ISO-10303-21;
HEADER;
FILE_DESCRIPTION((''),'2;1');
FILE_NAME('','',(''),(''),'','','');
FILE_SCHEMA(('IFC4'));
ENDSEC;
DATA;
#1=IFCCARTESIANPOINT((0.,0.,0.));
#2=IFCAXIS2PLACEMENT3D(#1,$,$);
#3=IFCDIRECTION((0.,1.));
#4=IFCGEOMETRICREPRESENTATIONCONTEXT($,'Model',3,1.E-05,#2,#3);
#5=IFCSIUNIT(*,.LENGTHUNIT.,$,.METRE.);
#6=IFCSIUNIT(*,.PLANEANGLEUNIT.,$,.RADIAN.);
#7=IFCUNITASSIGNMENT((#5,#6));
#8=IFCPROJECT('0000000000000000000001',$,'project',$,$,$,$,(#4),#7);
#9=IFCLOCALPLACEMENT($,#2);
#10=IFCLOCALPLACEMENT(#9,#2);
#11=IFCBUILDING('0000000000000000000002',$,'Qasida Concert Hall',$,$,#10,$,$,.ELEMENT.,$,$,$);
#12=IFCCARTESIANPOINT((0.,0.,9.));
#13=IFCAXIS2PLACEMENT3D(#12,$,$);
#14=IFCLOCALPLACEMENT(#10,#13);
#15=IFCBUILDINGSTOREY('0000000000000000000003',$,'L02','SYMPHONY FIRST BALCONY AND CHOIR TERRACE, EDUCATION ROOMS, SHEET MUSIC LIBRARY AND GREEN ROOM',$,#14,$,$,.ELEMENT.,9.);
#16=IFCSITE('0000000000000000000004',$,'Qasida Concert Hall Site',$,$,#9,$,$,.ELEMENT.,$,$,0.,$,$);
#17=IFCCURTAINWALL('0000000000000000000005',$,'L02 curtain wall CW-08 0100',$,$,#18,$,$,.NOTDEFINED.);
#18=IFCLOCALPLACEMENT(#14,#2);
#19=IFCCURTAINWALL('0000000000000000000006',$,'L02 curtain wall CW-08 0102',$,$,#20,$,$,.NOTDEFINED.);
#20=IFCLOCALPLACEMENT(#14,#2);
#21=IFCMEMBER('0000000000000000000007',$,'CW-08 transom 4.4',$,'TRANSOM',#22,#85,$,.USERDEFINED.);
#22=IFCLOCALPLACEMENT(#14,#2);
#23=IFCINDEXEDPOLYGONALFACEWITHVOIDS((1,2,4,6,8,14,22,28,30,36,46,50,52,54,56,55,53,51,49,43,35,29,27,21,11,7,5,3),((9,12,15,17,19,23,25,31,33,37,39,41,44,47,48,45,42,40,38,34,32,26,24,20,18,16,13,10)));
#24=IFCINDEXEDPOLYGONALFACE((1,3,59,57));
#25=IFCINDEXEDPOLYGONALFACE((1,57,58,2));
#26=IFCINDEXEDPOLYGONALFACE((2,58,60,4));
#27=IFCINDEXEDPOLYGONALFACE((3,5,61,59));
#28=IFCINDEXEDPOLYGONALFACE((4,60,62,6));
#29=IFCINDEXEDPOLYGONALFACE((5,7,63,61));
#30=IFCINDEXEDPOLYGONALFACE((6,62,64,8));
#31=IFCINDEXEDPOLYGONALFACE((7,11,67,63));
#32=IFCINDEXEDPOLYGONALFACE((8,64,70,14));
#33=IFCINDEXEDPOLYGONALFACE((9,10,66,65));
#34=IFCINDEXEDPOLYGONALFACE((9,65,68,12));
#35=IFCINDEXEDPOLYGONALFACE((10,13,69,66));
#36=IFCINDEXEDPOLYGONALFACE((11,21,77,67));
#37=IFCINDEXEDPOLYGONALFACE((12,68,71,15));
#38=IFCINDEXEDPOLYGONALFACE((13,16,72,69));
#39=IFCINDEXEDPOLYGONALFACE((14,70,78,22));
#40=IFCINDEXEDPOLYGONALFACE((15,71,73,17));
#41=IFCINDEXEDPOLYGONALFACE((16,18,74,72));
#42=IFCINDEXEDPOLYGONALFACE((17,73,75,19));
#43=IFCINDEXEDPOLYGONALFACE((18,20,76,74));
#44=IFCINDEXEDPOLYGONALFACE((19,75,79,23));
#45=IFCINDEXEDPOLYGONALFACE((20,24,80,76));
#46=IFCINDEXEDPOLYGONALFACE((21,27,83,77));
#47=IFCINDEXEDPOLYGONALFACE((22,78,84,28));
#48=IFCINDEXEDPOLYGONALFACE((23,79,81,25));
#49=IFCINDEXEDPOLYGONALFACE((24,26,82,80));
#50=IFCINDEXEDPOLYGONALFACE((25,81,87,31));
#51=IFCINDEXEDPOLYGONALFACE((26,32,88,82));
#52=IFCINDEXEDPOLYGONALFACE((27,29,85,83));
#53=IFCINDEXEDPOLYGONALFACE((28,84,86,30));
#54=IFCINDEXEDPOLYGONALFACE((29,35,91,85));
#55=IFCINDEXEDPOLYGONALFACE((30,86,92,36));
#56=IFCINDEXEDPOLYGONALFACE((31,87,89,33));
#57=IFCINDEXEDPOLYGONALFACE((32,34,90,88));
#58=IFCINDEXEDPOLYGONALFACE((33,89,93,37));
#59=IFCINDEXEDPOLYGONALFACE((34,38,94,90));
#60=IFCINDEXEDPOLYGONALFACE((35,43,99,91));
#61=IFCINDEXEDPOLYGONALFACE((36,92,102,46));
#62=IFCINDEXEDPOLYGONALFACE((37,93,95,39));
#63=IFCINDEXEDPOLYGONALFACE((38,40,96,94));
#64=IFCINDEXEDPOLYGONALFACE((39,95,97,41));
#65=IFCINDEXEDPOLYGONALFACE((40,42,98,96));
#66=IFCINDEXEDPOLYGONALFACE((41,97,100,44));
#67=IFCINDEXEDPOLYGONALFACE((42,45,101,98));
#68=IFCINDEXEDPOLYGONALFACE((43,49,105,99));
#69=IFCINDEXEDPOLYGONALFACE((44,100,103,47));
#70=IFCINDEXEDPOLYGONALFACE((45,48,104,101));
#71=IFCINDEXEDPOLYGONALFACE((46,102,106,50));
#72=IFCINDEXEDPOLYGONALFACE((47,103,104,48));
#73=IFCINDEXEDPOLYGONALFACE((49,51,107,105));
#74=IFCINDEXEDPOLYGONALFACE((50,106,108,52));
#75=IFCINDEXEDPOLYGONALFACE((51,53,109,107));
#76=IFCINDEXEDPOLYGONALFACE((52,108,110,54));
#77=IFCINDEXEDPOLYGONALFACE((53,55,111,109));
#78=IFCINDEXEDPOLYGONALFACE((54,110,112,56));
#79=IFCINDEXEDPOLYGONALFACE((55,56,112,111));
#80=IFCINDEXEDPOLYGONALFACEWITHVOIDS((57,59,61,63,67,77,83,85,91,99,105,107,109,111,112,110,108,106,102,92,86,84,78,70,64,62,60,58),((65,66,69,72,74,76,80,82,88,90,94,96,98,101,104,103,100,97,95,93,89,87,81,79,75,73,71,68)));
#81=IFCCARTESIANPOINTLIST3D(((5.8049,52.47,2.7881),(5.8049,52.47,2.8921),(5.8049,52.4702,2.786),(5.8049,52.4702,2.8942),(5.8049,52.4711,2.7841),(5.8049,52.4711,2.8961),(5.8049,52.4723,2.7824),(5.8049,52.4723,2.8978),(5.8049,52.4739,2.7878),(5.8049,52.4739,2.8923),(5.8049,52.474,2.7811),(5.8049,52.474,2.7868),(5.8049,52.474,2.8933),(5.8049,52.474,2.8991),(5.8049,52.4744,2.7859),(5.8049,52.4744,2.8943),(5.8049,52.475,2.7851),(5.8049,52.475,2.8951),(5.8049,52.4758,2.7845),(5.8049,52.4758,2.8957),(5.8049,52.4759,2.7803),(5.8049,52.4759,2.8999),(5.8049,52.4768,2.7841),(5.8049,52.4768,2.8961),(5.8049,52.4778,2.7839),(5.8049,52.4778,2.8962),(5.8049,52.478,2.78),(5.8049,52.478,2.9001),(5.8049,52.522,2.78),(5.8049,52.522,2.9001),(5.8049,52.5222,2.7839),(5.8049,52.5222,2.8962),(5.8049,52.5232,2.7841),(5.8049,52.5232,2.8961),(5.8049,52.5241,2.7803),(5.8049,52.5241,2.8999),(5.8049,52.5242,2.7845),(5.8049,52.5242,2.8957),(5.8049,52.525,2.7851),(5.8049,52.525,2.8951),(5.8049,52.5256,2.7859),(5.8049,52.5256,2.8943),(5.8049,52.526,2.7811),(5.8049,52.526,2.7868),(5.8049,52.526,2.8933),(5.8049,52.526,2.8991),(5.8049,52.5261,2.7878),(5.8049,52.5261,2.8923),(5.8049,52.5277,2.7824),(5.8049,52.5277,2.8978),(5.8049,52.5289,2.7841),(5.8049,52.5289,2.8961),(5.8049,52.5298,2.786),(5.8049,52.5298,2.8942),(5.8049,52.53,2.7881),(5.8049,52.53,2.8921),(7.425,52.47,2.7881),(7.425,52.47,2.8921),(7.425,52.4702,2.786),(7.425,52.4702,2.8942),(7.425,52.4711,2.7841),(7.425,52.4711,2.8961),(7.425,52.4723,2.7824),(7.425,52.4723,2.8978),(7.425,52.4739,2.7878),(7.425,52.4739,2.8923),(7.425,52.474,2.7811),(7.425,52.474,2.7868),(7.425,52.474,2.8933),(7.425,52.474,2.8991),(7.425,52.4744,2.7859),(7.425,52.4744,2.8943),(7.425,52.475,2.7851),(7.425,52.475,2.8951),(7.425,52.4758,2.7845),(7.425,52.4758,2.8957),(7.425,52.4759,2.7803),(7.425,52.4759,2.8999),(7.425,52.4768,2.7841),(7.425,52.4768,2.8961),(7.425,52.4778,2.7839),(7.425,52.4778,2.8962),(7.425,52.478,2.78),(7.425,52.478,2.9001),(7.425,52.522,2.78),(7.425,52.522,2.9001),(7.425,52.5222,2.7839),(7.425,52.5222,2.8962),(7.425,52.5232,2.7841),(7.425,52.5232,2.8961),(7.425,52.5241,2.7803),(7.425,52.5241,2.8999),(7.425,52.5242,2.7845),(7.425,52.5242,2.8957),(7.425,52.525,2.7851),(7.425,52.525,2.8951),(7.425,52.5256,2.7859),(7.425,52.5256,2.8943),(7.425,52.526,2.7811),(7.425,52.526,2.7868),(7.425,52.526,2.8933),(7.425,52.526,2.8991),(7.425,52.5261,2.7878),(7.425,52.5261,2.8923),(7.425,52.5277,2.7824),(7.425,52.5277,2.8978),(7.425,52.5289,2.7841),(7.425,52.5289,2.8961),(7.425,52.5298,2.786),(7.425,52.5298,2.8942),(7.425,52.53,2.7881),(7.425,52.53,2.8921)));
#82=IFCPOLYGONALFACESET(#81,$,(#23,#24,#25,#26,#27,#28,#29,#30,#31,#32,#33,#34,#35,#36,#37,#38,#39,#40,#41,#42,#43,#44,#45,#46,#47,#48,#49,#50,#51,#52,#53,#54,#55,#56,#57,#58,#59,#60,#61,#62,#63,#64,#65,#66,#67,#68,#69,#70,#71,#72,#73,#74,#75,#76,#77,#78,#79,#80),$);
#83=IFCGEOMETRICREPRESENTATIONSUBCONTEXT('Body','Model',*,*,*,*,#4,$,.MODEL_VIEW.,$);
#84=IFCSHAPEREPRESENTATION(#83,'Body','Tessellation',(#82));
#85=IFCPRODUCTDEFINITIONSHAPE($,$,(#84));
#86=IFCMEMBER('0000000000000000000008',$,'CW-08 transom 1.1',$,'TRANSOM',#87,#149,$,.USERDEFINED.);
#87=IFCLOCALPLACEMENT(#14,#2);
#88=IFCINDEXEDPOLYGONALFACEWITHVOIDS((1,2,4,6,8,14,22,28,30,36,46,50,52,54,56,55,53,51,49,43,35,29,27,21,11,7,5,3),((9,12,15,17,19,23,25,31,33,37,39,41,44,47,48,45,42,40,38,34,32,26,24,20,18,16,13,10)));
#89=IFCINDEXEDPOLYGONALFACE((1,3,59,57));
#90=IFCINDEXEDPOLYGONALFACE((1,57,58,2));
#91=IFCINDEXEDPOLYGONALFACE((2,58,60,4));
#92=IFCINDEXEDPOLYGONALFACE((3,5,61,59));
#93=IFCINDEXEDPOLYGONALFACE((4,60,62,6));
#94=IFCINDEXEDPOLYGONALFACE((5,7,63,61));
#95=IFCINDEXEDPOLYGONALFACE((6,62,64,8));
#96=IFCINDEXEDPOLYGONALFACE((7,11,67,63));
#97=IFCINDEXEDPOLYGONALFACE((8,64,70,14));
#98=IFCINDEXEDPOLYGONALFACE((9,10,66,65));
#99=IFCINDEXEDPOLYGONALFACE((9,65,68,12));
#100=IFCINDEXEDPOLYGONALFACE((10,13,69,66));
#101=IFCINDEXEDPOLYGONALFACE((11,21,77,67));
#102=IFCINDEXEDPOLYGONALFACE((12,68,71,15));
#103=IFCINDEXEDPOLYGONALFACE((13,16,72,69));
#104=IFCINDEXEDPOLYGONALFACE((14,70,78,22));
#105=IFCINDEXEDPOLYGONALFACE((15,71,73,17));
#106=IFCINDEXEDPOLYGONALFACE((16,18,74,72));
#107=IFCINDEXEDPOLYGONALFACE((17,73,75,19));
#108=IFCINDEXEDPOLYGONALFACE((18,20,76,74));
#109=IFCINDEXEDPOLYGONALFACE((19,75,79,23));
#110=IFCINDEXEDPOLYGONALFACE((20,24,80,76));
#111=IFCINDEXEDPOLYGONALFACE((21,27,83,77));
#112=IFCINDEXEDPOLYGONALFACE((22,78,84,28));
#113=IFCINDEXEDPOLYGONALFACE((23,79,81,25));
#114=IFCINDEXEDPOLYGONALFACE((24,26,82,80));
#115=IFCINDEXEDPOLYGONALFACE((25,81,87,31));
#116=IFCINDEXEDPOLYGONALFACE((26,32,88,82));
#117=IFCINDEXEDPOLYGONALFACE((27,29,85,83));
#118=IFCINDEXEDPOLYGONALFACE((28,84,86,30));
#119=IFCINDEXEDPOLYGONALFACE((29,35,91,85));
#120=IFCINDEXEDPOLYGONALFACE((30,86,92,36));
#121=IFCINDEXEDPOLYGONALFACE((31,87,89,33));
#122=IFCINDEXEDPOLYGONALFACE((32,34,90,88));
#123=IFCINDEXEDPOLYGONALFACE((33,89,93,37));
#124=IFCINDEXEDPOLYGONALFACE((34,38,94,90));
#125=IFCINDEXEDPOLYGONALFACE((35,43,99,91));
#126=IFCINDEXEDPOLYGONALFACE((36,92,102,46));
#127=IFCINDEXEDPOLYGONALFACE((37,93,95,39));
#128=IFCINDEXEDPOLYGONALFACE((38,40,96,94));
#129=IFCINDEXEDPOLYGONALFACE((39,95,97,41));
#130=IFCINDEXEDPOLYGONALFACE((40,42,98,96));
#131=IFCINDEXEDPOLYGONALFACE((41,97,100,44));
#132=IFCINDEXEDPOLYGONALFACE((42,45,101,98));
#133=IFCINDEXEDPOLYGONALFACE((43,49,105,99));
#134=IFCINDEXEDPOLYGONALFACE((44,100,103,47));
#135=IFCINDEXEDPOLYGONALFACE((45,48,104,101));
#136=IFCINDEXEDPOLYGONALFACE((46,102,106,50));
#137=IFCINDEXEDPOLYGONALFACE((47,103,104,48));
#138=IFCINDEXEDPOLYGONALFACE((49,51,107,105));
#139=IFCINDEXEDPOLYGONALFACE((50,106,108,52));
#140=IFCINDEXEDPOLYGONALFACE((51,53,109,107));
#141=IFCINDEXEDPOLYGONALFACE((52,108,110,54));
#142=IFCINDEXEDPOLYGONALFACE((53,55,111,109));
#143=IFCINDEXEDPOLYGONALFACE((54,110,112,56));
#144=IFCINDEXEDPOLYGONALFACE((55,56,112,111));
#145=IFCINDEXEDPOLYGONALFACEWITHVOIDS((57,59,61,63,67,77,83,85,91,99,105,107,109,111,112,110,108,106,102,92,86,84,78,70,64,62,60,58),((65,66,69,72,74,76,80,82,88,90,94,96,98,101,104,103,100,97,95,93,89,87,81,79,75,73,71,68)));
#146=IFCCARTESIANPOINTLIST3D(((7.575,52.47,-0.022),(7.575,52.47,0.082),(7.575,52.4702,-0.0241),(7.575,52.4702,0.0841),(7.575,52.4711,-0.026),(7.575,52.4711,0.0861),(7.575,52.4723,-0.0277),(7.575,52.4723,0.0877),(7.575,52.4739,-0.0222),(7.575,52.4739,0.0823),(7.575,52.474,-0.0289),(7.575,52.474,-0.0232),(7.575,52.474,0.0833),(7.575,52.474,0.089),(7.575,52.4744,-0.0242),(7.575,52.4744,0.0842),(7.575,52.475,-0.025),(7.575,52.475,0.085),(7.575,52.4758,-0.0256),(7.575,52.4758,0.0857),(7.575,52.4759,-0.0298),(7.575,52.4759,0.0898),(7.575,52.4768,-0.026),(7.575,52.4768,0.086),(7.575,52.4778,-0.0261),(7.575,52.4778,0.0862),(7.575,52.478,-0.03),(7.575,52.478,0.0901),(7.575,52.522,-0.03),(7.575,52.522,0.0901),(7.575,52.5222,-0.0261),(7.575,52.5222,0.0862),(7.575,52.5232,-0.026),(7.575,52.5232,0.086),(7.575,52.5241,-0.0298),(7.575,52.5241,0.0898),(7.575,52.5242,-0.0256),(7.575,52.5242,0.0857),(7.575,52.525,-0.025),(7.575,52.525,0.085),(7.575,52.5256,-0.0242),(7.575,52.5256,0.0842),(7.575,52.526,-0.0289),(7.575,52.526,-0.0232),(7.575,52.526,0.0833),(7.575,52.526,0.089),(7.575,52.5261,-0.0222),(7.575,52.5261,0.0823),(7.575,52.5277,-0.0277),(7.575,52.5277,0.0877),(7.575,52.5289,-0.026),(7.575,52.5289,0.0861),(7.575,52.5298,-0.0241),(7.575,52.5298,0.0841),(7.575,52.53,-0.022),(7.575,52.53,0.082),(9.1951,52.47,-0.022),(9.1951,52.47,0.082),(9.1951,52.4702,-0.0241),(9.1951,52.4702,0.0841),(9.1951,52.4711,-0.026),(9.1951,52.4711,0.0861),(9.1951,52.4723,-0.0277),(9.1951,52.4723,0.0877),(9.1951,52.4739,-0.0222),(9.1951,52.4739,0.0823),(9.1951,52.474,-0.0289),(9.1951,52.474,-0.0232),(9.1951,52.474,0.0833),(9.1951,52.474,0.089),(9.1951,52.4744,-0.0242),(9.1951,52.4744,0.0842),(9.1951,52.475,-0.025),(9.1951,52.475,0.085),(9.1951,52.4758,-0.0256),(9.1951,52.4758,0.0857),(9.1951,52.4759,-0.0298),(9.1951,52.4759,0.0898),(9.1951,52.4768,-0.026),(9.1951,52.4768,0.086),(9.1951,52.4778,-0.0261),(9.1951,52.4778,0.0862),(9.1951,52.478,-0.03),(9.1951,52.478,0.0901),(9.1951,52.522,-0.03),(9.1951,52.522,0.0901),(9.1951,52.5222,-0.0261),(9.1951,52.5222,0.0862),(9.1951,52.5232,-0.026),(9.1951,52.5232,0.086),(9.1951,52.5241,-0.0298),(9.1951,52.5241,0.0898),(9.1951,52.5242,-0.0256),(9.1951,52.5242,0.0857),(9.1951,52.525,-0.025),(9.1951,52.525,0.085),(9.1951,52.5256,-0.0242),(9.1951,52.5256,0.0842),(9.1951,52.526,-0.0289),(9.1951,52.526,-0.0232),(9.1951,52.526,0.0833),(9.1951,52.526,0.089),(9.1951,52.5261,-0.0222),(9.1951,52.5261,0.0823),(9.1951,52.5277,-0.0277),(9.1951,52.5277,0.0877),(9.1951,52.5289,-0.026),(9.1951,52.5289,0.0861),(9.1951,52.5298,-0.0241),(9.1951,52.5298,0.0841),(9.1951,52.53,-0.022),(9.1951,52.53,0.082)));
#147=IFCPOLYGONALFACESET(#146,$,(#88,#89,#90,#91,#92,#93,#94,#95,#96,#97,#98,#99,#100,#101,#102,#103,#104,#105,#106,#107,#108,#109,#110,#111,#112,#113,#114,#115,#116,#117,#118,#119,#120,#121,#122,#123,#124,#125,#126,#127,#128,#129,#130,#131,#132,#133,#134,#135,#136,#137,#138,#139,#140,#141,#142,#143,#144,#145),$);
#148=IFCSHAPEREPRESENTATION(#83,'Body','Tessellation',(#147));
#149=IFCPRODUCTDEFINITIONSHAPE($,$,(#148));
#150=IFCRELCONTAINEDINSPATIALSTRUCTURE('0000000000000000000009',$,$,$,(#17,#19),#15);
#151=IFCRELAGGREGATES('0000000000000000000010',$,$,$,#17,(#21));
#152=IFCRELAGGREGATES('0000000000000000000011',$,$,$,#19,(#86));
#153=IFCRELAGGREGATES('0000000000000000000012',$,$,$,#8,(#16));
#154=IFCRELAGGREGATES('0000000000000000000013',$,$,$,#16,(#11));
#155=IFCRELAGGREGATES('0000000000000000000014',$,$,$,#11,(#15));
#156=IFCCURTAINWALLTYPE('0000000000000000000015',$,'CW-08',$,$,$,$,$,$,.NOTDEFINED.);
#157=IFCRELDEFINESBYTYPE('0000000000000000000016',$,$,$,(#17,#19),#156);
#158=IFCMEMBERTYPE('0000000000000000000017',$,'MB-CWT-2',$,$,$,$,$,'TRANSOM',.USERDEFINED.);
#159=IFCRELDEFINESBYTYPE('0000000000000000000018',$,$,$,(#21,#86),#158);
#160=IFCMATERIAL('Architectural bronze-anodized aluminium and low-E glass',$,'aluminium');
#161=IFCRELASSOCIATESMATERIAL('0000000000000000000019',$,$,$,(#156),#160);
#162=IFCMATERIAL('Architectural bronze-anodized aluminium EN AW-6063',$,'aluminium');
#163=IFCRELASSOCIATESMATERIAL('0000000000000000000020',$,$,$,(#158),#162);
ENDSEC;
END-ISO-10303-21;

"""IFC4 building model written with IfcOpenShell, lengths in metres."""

from ifc_helpers import new_model, si_unit, direction, frame, origin, origin_2d, place, context, subcontext, project, spatial, hollow_rectangle, extrude, material, material_profile, profile_set, type_object, element, aggregate, save


model = new_model("IFC4")

# Units and contexts
model_context = context("Model", 3, precision=1e-05, world=origin(), true_north=direction((0.0, 1.0)))
body_context = subcontext(model_context, "Body", "Model", "MODEL_VIEW")
ifc_project = project(units=[si_unit("LENGTHUNIT", "METRE"), si_unit("PLANEANGLEUNIT", "RADIAN")], contexts=[model_context])

# Site, building, storey
site_placement = place(None, origin())
site = spatial("IfcSite", under=ifc_project, at=site_placement, Name="Qasida Concert Hall Site", CompositionType="ELEMENT", RefElevation=0.0)
building_placement = place(site_placement, origin())
building = spatial("IfcBuilding", under=site, at=building_placement, Name="Qasida Concert Hall", CompositionType="ELEMENT")
storey_placement = place(building_placement, frame((0.0, 0.0, 9.0)))
storey = spatial("IfcBuildingStorey", under=building, at=storey_placement, Name="L02", Description="SYMPHONY FIRST BALCONY AND CHOIR TERRACE, EDUCATION ROOMS, SHEET MUSIC LIBRARY AND GREEN ROOM", CompositionType="ELEMENT", Elevation=9.0)

# Curtain wall
ifc_material_1 = material(Name="Architectural bronze-anodized aluminium and low-E glass", Category="aluminium")
curtain_wall_type = type_object("IfcCurtainWallType", Name="CW-08", PredefinedType="NOTDEFINED", material=ifc_material_1)
curtain_wall_1_placement = place(storey_placement, origin())
curtain_wall_1 = element("IfcCurtainWall", 1, at=curtain_wall_1_placement, inside=storey, type_object=curtain_wall_type, Name="L02 curtain wall CW-08 0100", PredefinedType="NOTDEFINED")
ifc_material_2 = material(Name="Architectural bronze-anodized aluminium EN AW-6063", Category="aluminium")

# Curtain wall
curtain_wall_2_placement = place(storey_placement, origin())
curtain_wall_2 = element("IfcCurtainWall", 2, at=curtain_wall_2_placement, inside=storey, type_object=curtain_wall_type, Name="L02 curtain wall CW-08 0102", PredefinedType="NOTDEFINED")

# Members
ifc_material_profile_1 = material_profile(ifc_material_2, hollow_rectangle(XDim=0.0601, YDim=0.1201, WallThickness=0.0039, InnerFilletRadius=0.0039, OuterFilletRadius=0.0081, at=origin_2d()), Name="CWT 120x60x4")
ifc_profile_set_1 = profile_set([ifc_material_profile_1], Name="Architectural bronze-anodized aluminium EN AW-6063")
member_type_1 = type_object("IfcMemberType", Name="MB-CWT-2", ElementType="TRANSOM", PredefinedType="USERDEFINED", material=ifc_profile_set_1)
member_1_placement = place(storey_placement, frame((5.8049, 52.5, 2.8401), z_axis=(1.0, 0.0, 0.0), x_axis=(0.0, 1.0, 0.0)))
member_1 = element("IfcMember", 3, at=member_1_placement, type_object=member_type_1, Name="CW-08 transom 4.4", ObjectType="TRANSOM", PredefinedType="USERDEFINED", context=body_context, shape_type="SweptSolid", body=[
    extrude(hollow_rectangle(XDim=0.0601, YDim=0.1201, WallThickness=0.0039, InnerFilletRadius=0.0039, OuterFilletRadius=0.0081, at=origin_2d()), origin(), (0.0, 0.0, 1.0), 1.6201),
])
member_2_placement = place(storey_placement, frame((7.575, 52.5, 0.03), z_axis=(1.0, 0.0, 0.0), x_axis=(0.0, 1.0, 0.0)))
member_2 = element("IfcMember", 4, at=member_2_placement, type_object=member_type_1, Name="CW-08 transom 1.1", ObjectType="TRANSOM", PredefinedType="USERDEFINED", context=body_context, shape_type="SweptSolid", body=[
    extrude(hollow_rectangle(XDim=0.0601, YDim=0.1201, WallThickness=0.0039, InnerFilletRadius=0.0039, OuterFilletRadius=0.0081, at=origin_2d()), origin(), (0.0, 0.0, 1.0), 1.6201),
])

aggregate(curtain_wall_1, [member_1])
aggregate(curtain_wall_2, [member_2])

save(model, "model.ifc")
